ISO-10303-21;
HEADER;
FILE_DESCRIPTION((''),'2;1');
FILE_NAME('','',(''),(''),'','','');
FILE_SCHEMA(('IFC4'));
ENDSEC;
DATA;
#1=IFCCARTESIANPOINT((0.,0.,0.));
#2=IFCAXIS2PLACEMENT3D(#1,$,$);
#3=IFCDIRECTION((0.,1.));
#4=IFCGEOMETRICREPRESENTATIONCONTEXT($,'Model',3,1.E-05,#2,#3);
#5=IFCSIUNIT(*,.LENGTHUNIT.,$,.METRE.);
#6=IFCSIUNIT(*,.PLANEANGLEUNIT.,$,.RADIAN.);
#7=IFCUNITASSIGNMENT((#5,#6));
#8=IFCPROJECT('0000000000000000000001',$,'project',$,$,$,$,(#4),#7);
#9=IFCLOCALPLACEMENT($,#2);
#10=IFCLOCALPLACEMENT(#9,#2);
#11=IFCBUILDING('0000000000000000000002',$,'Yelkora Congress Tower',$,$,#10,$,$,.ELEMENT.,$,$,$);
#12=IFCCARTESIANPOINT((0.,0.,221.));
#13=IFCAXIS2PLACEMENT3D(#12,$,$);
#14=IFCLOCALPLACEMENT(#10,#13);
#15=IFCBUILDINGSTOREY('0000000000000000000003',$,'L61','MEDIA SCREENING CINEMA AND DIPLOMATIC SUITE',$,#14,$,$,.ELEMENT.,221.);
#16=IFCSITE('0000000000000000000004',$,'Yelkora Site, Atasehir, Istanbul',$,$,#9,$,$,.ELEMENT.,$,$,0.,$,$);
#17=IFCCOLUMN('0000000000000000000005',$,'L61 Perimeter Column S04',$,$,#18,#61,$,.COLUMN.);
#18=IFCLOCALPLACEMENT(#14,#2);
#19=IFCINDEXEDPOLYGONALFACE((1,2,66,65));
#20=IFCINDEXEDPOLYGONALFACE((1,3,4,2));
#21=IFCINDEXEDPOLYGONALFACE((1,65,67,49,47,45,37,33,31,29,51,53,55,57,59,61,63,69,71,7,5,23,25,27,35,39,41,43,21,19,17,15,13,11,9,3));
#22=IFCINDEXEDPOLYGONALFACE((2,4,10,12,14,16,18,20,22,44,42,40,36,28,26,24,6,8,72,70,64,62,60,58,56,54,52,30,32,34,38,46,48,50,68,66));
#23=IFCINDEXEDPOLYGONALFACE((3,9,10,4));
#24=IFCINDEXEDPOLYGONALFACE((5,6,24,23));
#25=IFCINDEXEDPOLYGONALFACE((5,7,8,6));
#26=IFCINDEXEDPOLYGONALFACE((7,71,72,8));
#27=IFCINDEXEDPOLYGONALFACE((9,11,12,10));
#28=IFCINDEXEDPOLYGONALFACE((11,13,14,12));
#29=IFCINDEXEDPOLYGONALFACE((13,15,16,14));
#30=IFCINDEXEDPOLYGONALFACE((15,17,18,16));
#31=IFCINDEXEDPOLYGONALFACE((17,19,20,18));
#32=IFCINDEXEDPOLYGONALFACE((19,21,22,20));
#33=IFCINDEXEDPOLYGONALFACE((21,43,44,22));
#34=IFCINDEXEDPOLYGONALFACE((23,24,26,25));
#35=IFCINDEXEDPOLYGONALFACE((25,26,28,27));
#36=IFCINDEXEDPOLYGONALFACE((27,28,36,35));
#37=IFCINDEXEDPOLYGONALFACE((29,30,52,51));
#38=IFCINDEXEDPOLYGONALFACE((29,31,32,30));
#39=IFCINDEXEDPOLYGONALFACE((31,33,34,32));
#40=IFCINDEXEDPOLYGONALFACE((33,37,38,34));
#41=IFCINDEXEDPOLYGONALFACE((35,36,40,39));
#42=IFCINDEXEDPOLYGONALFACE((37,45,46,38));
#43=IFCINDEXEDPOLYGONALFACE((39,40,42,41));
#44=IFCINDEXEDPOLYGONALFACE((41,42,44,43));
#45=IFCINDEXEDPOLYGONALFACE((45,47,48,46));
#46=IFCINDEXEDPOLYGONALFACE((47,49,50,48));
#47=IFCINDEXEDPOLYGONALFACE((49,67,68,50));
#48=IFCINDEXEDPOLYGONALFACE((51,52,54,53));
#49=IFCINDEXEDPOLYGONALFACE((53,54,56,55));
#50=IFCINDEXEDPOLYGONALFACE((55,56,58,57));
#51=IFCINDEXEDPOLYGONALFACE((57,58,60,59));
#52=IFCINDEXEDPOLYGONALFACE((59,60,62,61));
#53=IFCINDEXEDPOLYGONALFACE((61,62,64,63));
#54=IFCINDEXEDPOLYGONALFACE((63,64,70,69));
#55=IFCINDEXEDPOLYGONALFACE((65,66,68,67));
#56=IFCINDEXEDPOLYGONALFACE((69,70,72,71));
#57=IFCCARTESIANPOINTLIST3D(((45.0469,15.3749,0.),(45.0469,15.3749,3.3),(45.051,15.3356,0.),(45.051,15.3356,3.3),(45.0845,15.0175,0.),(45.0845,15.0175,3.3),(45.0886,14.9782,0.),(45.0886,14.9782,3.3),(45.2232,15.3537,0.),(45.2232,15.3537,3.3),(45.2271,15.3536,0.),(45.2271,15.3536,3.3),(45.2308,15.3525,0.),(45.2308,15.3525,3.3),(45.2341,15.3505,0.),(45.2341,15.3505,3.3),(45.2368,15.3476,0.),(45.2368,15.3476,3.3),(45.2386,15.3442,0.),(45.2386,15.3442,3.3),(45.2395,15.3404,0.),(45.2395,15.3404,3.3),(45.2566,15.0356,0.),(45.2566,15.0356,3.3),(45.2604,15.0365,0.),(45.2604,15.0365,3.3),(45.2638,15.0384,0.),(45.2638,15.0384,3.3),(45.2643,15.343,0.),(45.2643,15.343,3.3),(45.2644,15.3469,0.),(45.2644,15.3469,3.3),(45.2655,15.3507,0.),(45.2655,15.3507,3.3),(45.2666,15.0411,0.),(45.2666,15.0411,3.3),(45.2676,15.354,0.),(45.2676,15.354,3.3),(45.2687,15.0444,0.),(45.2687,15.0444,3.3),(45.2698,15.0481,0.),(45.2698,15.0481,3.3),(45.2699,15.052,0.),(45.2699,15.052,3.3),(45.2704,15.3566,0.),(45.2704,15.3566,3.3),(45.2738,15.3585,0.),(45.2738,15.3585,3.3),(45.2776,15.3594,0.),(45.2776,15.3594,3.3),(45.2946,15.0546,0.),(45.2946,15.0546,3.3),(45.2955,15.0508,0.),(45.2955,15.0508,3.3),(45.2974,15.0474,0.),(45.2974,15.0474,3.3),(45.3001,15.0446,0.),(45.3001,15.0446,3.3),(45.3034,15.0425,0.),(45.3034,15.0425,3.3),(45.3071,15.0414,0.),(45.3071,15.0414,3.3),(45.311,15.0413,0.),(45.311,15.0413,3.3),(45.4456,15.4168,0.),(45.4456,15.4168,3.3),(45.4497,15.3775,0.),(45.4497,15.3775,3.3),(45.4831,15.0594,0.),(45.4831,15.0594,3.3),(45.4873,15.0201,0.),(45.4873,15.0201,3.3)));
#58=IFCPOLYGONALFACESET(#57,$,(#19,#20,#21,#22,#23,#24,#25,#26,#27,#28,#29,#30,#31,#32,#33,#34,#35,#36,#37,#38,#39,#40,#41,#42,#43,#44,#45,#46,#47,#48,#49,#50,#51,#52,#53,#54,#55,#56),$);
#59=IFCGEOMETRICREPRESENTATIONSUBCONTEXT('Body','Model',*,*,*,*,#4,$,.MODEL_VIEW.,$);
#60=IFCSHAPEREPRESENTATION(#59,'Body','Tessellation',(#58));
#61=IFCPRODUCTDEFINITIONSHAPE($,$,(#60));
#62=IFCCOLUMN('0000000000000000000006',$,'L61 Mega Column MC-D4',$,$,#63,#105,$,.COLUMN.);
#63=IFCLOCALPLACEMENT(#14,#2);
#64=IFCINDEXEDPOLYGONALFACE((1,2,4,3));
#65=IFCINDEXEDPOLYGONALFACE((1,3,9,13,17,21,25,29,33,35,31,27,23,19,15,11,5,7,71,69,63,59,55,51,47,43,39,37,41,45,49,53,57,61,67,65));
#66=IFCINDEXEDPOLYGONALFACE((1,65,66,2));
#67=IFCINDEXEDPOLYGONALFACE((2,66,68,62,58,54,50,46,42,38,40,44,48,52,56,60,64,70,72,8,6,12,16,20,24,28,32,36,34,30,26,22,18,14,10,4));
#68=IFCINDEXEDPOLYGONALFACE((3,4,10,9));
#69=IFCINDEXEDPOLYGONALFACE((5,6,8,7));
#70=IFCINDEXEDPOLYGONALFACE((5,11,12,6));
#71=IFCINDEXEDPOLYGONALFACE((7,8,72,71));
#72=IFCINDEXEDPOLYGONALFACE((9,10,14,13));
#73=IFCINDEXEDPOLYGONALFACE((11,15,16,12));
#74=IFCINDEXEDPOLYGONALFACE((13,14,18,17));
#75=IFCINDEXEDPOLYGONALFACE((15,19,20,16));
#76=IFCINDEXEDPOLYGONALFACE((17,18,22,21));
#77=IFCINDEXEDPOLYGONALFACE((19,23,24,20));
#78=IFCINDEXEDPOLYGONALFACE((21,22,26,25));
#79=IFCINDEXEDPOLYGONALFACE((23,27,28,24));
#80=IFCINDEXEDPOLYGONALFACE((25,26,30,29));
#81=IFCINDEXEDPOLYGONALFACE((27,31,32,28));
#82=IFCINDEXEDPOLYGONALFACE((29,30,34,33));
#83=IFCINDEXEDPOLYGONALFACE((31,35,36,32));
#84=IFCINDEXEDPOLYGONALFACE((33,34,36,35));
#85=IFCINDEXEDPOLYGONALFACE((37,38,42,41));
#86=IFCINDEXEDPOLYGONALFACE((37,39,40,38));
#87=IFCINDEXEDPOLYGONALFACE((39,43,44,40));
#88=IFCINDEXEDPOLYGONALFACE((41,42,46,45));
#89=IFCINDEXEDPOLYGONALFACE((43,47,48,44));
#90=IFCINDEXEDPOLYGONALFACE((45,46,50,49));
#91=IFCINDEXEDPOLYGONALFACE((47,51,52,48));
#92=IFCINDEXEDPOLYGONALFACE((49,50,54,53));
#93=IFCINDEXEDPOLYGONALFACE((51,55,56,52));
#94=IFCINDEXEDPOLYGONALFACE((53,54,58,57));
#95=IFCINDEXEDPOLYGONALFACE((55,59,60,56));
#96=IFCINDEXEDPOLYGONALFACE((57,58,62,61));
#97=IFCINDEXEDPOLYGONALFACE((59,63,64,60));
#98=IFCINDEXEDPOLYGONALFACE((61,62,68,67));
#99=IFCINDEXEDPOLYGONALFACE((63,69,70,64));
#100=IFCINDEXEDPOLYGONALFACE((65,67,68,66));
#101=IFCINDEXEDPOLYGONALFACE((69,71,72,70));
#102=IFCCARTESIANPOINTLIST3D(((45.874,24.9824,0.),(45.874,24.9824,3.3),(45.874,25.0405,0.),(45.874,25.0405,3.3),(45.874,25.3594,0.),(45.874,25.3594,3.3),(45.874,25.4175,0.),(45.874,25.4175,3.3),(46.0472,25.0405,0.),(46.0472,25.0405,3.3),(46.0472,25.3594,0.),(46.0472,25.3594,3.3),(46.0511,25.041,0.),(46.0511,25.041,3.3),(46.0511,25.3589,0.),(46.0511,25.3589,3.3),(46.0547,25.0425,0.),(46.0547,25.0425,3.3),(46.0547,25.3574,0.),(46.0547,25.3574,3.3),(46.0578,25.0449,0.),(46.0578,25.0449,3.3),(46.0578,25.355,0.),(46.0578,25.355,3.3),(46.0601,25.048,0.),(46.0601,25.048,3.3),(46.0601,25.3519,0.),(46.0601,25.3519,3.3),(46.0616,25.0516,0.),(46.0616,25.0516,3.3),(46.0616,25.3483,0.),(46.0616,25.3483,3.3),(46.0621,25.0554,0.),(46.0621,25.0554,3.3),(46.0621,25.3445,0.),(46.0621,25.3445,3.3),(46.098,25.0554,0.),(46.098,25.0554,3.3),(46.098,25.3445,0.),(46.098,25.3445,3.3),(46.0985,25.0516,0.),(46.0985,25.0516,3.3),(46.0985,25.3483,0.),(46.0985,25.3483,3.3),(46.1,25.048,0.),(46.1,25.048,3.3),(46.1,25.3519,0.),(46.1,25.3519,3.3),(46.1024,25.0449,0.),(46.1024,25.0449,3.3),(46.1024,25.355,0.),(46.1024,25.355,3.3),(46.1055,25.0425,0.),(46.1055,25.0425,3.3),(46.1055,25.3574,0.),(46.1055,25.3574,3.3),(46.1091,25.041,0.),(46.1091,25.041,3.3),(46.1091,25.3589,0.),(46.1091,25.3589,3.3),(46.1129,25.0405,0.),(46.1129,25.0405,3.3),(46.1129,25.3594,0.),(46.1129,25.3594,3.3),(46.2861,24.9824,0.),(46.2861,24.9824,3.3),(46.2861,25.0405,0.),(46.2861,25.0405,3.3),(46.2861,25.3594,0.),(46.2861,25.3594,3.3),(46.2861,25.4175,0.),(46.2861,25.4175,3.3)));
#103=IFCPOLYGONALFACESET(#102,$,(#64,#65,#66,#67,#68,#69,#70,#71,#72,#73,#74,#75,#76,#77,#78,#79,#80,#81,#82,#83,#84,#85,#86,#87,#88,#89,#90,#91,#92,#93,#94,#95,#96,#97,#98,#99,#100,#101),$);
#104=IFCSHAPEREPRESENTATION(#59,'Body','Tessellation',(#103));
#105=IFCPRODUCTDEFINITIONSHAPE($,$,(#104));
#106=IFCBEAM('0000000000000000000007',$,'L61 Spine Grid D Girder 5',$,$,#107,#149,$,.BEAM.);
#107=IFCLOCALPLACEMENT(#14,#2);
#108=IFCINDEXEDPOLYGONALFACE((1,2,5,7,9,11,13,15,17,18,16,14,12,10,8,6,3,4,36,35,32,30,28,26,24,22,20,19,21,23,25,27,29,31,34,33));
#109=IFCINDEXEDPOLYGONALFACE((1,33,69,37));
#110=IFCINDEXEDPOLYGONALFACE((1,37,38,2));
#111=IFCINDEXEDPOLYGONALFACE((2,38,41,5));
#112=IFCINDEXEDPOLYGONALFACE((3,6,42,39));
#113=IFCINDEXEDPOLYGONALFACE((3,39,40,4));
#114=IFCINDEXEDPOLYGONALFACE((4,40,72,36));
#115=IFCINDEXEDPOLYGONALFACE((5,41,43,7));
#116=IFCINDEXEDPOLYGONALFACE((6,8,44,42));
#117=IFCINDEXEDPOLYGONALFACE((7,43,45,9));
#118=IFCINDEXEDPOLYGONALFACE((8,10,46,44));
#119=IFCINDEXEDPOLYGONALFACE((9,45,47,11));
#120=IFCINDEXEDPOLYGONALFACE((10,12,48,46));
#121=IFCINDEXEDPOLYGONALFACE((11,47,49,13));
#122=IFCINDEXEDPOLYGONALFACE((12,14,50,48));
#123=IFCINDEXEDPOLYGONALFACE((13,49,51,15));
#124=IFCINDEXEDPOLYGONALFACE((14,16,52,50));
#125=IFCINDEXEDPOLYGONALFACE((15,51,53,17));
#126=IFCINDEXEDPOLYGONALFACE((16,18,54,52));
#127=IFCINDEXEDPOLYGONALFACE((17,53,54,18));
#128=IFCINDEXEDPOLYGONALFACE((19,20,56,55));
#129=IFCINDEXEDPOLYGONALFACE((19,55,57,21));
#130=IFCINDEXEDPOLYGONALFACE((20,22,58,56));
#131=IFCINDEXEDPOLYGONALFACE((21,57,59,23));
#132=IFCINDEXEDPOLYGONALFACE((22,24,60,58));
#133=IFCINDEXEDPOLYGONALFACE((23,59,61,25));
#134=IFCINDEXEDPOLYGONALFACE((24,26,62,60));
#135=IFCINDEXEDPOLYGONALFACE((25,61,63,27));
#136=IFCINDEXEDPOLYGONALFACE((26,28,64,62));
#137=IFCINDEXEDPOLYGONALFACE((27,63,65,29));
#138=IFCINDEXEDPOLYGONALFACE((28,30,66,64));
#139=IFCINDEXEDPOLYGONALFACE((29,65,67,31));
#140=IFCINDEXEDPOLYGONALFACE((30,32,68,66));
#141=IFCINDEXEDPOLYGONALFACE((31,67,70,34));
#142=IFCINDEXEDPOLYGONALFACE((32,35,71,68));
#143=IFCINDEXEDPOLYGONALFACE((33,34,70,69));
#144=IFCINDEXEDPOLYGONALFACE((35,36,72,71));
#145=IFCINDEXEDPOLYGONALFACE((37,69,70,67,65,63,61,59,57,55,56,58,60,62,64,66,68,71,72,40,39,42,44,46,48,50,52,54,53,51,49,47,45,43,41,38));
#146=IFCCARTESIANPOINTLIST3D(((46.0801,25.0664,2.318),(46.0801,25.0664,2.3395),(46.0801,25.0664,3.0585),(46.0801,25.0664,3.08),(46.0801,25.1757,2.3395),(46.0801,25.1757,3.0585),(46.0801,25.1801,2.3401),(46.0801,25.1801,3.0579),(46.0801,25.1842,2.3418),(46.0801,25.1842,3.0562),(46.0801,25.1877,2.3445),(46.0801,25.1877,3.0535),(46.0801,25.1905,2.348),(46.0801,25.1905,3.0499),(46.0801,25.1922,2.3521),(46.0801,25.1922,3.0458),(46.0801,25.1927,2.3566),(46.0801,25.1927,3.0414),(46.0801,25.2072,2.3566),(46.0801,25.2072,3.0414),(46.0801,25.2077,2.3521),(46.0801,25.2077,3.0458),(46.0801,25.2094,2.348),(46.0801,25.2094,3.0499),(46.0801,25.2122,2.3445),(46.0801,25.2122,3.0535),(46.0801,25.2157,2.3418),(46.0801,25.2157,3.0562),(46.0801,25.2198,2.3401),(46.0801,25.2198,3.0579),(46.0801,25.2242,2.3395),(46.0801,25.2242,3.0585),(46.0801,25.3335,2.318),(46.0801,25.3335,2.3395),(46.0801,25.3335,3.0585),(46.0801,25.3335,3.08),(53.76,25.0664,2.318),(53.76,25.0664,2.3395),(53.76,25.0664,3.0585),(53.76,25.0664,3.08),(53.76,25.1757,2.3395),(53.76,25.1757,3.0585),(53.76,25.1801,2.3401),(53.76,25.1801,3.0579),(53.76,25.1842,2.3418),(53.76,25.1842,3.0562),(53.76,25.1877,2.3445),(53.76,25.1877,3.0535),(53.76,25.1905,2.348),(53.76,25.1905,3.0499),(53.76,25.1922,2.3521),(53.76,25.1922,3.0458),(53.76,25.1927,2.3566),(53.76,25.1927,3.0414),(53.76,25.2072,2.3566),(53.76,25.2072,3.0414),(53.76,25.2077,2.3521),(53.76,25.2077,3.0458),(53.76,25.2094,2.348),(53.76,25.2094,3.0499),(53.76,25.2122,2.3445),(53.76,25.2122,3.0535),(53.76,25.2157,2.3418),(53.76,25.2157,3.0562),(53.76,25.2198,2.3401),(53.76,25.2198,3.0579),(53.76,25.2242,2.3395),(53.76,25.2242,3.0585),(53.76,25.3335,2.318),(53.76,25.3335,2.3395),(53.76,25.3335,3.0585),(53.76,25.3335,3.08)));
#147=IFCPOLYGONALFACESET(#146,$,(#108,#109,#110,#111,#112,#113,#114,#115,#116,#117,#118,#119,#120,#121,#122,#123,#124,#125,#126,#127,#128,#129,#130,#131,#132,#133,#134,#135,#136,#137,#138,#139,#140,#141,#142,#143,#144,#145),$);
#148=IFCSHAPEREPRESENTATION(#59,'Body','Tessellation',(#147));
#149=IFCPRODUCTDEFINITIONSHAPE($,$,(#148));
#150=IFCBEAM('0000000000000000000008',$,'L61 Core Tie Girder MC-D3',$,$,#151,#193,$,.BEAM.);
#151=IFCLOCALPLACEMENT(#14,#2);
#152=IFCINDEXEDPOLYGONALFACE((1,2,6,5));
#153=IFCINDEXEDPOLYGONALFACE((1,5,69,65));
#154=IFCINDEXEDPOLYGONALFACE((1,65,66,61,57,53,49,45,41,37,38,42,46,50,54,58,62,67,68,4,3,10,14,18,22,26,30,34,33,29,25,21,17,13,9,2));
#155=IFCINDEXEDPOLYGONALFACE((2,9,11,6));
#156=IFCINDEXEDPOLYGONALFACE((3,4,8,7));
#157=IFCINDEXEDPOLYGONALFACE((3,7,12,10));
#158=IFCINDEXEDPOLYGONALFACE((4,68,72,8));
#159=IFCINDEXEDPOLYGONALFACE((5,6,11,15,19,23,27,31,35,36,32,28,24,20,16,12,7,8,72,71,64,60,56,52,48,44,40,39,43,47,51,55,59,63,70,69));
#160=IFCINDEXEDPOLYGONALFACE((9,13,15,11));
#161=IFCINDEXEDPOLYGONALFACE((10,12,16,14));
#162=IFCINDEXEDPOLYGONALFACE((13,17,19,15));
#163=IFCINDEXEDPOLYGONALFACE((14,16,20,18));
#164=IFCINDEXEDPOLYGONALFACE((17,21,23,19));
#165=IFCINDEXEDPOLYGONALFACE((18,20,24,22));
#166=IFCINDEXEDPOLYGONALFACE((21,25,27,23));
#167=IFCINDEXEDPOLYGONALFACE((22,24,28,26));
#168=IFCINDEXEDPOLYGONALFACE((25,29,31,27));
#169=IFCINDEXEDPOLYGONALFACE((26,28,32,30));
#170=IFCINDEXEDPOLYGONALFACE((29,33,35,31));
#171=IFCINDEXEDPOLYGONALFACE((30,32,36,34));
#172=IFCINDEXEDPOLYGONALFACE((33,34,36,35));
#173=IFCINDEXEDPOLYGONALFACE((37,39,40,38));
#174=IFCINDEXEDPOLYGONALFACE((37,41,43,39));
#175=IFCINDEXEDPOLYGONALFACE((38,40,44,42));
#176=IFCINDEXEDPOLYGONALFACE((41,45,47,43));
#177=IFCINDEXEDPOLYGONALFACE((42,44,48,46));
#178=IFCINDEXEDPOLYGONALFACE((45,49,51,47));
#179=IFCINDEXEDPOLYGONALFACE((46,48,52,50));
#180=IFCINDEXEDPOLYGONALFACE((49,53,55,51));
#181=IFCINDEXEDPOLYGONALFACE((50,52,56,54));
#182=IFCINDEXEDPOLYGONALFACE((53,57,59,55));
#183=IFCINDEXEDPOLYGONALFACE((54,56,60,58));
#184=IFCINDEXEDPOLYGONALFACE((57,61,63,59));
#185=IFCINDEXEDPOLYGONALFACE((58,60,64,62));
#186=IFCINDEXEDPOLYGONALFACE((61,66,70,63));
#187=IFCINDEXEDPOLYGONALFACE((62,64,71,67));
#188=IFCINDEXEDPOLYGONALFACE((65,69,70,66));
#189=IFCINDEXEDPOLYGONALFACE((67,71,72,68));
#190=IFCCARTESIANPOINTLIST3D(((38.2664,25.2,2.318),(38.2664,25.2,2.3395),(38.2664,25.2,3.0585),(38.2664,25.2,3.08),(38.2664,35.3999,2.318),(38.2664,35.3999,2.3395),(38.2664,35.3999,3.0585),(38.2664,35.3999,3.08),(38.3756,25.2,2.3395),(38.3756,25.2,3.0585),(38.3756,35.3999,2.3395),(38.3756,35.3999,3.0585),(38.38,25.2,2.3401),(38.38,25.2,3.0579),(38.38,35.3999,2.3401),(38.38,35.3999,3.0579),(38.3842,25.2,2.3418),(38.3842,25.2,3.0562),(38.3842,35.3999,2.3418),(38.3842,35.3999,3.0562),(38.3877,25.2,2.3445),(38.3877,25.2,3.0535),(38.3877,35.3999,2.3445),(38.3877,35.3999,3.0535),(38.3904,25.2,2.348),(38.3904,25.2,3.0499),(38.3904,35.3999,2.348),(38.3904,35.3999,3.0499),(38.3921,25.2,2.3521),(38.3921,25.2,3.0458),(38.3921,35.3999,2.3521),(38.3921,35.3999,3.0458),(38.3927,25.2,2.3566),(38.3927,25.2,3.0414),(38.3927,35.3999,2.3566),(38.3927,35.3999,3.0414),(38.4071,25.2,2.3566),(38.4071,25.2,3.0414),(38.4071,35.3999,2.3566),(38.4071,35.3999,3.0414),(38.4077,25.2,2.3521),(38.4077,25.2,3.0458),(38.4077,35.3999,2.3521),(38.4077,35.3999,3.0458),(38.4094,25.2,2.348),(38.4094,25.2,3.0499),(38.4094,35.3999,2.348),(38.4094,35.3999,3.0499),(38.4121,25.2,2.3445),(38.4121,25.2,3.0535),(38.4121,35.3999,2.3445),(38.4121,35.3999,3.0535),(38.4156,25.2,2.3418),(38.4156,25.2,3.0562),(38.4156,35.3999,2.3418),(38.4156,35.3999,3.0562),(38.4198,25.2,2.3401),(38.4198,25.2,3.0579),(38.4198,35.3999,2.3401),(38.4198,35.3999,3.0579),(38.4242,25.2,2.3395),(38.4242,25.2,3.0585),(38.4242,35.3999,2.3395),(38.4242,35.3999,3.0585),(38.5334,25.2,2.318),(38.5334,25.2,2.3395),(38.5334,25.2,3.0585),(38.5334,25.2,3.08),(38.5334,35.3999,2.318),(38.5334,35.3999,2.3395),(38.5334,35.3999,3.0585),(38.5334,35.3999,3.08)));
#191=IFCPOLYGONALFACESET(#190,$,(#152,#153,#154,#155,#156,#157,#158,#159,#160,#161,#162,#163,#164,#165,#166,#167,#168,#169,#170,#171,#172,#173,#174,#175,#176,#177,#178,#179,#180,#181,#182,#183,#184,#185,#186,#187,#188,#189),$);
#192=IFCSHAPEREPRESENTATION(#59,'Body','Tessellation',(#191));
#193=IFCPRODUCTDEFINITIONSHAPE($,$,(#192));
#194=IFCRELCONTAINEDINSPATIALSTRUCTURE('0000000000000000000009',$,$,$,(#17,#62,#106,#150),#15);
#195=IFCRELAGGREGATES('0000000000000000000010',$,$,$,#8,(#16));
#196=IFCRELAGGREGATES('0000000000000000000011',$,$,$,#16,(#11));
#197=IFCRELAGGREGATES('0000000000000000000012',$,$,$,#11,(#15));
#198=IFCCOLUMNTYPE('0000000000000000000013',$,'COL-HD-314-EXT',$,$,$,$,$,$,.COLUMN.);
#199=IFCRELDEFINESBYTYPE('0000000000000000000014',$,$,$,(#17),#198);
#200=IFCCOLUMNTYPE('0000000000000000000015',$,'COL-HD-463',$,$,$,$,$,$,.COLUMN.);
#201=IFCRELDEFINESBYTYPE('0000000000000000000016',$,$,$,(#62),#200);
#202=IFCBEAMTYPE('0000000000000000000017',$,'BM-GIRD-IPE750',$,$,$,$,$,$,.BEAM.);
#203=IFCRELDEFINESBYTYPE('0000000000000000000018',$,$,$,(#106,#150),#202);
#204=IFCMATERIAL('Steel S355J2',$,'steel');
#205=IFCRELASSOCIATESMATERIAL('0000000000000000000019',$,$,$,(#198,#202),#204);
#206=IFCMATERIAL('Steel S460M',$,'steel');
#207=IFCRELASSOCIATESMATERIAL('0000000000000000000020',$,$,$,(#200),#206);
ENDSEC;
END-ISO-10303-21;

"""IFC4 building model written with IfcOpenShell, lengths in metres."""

from ifc_helpers import new_model, si_unit, direction, frame, origin, origin_2d, place, context, subcontext, project, spatial, i_section, extrude, material, material_profile, profile_set, type_object, element, save


model = new_model("IFC4")

# Units and contexts
model_context = context("Model", 3, precision=1e-05, world=origin(), true_north=direction((0.0, 1.0)))
body_context = subcontext(model_context, "Body", "Model", "MODEL_VIEW")
ifc_project = project(units=[si_unit("LENGTHUNIT", "METRE"), si_unit("PLANEANGLEUNIT", "RADIAN")], contexts=[model_context])

# Site, building, storey
site_placement = place(None, origin())
site = spatial("IfcSite", under=ifc_project, at=site_placement, Name="Yelkora Site, Atasehir, Istanbul", CompositionType="ELEMENT", RefElevation=0.0)
building_placement = place(site_placement, origin())
building = spatial("IfcBuilding", under=site, at=building_placement, Name="Yelkora Congress Tower", CompositionType="ELEMENT")
storey_placement = place(building_placement, frame((0.0, 0.0, 221.0)))
storey = spatial("IfcBuildingStorey", under=building, at=storey_placement, Name="L61", Description="MEDIA SCREENING CINEMA AND DIPLOMATIC SUITE", CompositionType="ELEMENT", Elevation=221.0)

# Columns
ifc_material_1 = material(Name="Steel S355J2", Category="steel")
ifc_material_profile_1 = material_profile(ifc_material_1, i_section(OverallWidth=0.4009, OverallDepth=0.3989, WebThickness=0.0249, FlangeThickness=0.0396, FilletRadius=0.0149, at=origin_2d()), Name="HD 400x314")
ifc_profile_set_1 = profile_set([ifc_material_profile_1], Name="Steel S355J2")
column_type_1 = type_object("IfcColumnType", Name="COL-HD-314-EXT", PredefinedType="COLUMN", material=ifc_profile_set_1)
column_1_placement = place(storey_placement, frame((45.2671, 15.1975, 0.0), z_axis=(0.0, 0.0, 1.0), x_axis=(0.994522, 0.104528, 0.0)))
element("IfcColumn", 1, at=column_1_placement, inside=storey, type_object=column_type_1, Name="L61 Perimeter Column S04", PredefinedType="COLUMN", context=body_context, shape_type="SweptSolid", body=[
    extrude(i_section(OverallWidth=0.4009, OverallDepth=0.3989, WebThickness=0.0249, FlangeThickness=0.0396, FilletRadius=0.0149, at=origin_2d()), origin(), (0.0, 0.0, 1.0), 3.3),
])
ifc_material_2 = material(Name="Steel S460M", Category="steel")
ifc_material_profile_2 = material_profile(ifc_material_2, i_section(OverallWidth=0.4121, OverallDepth=0.4351, WebThickness=0.0359, FlangeThickness=0.0581, FilletRadius=0.0149, at=origin_2d()), Name="HD 400x463")
ifc_profile_set_2 = profile_set([ifc_material_profile_2], Name="Steel S460M")
column_type_2 = type_object("IfcColumnType", Name="COL-HD-463", PredefinedType="COLUMN", material=ifc_profile_set_2)
column_2_placement = place(storey_placement, frame((46.0801, 25.2, 0.0), z_axis=(0.0, 0.0, 1.0), x_axis=(1.0, 0.0, 0.0)))
element("IfcColumn", 2, at=column_2_placement, inside=storey, type_object=column_type_2, Name="L61 Mega Column MC-D4", PredefinedType="COLUMN", context=body_context, shape_type="SweptSolid", body=[
    extrude(i_section(OverallWidth=0.4121, OverallDepth=0.4351, WebThickness=0.0359, FlangeThickness=0.0581, FilletRadius=0.0149, at=origin_2d()), origin(), (0.0, 0.0, 1.0), 3.3),
])

# Beams
ifc_material_profile_3 = material_profile(ifc_material_1, i_section(OverallWidth=0.2671, OverallDepth=0.762, WebThickness=0.0144, FlangeThickness=0.0215, FilletRadius=0.0171, at=origin_2d()), Name="IPE 750x173")
ifc_profile_set_3 = profile_set([ifc_material_profile_3], Name="Steel S355J2")
beam_type_1 = type_object("IfcBeamType", Name="BM-GIRD-IPE750", PredefinedType="BEAM", material=ifc_profile_set_3)
beam_1_placement = place(storey_placement, frame((46.0801, 25.2, 2.699), z_axis=(1.0, 0.0, 0.0), x_axis=(0.0, 1.0, 0.0)))
element("IfcBeam", 3, at=beam_1_placement, inside=storey, type_object=beam_type_1, Name="L61 Spine Grid D Girder 5", PredefinedType="BEAM", context=body_context, shape_type="SweptSolid", body=[
    extrude(i_section(OverallWidth=0.2671, OverallDepth=0.762, WebThickness=0.0144, FlangeThickness=0.0215, FilletRadius=0.0171, at=origin_2d()), origin(), (0.0, 0.0, 1.0), 7.6799),
])
for number, where, z_axis, x_axis, name in (
    (4, (38.3999, 25.2, 2.699), (0.0, 1.0, 0.0), (-1.0, 0.0, 0.0), "L61 Core Tie Girder MC-D3"),
):
    element("IfcBeam", number, at=place(storey_placement, frame(where, z_axis=z_axis, x_axis=x_axis)), inside=storey, type_object=beam_type_1, Name=name, PredefinedType="BEAM", context=body_context, shape_type="SweptSolid", body=[
        extrude(i_section(OverallWidth=0.2671, OverallDepth=0.762, WebThickness=0.0144, FlangeThickness=0.0215, FilletRadius=0.0171, at=origin_2d()), origin(), (0.0, 0.0, 1.0), 10.2),
    ])

save(model, "model.ifc")
